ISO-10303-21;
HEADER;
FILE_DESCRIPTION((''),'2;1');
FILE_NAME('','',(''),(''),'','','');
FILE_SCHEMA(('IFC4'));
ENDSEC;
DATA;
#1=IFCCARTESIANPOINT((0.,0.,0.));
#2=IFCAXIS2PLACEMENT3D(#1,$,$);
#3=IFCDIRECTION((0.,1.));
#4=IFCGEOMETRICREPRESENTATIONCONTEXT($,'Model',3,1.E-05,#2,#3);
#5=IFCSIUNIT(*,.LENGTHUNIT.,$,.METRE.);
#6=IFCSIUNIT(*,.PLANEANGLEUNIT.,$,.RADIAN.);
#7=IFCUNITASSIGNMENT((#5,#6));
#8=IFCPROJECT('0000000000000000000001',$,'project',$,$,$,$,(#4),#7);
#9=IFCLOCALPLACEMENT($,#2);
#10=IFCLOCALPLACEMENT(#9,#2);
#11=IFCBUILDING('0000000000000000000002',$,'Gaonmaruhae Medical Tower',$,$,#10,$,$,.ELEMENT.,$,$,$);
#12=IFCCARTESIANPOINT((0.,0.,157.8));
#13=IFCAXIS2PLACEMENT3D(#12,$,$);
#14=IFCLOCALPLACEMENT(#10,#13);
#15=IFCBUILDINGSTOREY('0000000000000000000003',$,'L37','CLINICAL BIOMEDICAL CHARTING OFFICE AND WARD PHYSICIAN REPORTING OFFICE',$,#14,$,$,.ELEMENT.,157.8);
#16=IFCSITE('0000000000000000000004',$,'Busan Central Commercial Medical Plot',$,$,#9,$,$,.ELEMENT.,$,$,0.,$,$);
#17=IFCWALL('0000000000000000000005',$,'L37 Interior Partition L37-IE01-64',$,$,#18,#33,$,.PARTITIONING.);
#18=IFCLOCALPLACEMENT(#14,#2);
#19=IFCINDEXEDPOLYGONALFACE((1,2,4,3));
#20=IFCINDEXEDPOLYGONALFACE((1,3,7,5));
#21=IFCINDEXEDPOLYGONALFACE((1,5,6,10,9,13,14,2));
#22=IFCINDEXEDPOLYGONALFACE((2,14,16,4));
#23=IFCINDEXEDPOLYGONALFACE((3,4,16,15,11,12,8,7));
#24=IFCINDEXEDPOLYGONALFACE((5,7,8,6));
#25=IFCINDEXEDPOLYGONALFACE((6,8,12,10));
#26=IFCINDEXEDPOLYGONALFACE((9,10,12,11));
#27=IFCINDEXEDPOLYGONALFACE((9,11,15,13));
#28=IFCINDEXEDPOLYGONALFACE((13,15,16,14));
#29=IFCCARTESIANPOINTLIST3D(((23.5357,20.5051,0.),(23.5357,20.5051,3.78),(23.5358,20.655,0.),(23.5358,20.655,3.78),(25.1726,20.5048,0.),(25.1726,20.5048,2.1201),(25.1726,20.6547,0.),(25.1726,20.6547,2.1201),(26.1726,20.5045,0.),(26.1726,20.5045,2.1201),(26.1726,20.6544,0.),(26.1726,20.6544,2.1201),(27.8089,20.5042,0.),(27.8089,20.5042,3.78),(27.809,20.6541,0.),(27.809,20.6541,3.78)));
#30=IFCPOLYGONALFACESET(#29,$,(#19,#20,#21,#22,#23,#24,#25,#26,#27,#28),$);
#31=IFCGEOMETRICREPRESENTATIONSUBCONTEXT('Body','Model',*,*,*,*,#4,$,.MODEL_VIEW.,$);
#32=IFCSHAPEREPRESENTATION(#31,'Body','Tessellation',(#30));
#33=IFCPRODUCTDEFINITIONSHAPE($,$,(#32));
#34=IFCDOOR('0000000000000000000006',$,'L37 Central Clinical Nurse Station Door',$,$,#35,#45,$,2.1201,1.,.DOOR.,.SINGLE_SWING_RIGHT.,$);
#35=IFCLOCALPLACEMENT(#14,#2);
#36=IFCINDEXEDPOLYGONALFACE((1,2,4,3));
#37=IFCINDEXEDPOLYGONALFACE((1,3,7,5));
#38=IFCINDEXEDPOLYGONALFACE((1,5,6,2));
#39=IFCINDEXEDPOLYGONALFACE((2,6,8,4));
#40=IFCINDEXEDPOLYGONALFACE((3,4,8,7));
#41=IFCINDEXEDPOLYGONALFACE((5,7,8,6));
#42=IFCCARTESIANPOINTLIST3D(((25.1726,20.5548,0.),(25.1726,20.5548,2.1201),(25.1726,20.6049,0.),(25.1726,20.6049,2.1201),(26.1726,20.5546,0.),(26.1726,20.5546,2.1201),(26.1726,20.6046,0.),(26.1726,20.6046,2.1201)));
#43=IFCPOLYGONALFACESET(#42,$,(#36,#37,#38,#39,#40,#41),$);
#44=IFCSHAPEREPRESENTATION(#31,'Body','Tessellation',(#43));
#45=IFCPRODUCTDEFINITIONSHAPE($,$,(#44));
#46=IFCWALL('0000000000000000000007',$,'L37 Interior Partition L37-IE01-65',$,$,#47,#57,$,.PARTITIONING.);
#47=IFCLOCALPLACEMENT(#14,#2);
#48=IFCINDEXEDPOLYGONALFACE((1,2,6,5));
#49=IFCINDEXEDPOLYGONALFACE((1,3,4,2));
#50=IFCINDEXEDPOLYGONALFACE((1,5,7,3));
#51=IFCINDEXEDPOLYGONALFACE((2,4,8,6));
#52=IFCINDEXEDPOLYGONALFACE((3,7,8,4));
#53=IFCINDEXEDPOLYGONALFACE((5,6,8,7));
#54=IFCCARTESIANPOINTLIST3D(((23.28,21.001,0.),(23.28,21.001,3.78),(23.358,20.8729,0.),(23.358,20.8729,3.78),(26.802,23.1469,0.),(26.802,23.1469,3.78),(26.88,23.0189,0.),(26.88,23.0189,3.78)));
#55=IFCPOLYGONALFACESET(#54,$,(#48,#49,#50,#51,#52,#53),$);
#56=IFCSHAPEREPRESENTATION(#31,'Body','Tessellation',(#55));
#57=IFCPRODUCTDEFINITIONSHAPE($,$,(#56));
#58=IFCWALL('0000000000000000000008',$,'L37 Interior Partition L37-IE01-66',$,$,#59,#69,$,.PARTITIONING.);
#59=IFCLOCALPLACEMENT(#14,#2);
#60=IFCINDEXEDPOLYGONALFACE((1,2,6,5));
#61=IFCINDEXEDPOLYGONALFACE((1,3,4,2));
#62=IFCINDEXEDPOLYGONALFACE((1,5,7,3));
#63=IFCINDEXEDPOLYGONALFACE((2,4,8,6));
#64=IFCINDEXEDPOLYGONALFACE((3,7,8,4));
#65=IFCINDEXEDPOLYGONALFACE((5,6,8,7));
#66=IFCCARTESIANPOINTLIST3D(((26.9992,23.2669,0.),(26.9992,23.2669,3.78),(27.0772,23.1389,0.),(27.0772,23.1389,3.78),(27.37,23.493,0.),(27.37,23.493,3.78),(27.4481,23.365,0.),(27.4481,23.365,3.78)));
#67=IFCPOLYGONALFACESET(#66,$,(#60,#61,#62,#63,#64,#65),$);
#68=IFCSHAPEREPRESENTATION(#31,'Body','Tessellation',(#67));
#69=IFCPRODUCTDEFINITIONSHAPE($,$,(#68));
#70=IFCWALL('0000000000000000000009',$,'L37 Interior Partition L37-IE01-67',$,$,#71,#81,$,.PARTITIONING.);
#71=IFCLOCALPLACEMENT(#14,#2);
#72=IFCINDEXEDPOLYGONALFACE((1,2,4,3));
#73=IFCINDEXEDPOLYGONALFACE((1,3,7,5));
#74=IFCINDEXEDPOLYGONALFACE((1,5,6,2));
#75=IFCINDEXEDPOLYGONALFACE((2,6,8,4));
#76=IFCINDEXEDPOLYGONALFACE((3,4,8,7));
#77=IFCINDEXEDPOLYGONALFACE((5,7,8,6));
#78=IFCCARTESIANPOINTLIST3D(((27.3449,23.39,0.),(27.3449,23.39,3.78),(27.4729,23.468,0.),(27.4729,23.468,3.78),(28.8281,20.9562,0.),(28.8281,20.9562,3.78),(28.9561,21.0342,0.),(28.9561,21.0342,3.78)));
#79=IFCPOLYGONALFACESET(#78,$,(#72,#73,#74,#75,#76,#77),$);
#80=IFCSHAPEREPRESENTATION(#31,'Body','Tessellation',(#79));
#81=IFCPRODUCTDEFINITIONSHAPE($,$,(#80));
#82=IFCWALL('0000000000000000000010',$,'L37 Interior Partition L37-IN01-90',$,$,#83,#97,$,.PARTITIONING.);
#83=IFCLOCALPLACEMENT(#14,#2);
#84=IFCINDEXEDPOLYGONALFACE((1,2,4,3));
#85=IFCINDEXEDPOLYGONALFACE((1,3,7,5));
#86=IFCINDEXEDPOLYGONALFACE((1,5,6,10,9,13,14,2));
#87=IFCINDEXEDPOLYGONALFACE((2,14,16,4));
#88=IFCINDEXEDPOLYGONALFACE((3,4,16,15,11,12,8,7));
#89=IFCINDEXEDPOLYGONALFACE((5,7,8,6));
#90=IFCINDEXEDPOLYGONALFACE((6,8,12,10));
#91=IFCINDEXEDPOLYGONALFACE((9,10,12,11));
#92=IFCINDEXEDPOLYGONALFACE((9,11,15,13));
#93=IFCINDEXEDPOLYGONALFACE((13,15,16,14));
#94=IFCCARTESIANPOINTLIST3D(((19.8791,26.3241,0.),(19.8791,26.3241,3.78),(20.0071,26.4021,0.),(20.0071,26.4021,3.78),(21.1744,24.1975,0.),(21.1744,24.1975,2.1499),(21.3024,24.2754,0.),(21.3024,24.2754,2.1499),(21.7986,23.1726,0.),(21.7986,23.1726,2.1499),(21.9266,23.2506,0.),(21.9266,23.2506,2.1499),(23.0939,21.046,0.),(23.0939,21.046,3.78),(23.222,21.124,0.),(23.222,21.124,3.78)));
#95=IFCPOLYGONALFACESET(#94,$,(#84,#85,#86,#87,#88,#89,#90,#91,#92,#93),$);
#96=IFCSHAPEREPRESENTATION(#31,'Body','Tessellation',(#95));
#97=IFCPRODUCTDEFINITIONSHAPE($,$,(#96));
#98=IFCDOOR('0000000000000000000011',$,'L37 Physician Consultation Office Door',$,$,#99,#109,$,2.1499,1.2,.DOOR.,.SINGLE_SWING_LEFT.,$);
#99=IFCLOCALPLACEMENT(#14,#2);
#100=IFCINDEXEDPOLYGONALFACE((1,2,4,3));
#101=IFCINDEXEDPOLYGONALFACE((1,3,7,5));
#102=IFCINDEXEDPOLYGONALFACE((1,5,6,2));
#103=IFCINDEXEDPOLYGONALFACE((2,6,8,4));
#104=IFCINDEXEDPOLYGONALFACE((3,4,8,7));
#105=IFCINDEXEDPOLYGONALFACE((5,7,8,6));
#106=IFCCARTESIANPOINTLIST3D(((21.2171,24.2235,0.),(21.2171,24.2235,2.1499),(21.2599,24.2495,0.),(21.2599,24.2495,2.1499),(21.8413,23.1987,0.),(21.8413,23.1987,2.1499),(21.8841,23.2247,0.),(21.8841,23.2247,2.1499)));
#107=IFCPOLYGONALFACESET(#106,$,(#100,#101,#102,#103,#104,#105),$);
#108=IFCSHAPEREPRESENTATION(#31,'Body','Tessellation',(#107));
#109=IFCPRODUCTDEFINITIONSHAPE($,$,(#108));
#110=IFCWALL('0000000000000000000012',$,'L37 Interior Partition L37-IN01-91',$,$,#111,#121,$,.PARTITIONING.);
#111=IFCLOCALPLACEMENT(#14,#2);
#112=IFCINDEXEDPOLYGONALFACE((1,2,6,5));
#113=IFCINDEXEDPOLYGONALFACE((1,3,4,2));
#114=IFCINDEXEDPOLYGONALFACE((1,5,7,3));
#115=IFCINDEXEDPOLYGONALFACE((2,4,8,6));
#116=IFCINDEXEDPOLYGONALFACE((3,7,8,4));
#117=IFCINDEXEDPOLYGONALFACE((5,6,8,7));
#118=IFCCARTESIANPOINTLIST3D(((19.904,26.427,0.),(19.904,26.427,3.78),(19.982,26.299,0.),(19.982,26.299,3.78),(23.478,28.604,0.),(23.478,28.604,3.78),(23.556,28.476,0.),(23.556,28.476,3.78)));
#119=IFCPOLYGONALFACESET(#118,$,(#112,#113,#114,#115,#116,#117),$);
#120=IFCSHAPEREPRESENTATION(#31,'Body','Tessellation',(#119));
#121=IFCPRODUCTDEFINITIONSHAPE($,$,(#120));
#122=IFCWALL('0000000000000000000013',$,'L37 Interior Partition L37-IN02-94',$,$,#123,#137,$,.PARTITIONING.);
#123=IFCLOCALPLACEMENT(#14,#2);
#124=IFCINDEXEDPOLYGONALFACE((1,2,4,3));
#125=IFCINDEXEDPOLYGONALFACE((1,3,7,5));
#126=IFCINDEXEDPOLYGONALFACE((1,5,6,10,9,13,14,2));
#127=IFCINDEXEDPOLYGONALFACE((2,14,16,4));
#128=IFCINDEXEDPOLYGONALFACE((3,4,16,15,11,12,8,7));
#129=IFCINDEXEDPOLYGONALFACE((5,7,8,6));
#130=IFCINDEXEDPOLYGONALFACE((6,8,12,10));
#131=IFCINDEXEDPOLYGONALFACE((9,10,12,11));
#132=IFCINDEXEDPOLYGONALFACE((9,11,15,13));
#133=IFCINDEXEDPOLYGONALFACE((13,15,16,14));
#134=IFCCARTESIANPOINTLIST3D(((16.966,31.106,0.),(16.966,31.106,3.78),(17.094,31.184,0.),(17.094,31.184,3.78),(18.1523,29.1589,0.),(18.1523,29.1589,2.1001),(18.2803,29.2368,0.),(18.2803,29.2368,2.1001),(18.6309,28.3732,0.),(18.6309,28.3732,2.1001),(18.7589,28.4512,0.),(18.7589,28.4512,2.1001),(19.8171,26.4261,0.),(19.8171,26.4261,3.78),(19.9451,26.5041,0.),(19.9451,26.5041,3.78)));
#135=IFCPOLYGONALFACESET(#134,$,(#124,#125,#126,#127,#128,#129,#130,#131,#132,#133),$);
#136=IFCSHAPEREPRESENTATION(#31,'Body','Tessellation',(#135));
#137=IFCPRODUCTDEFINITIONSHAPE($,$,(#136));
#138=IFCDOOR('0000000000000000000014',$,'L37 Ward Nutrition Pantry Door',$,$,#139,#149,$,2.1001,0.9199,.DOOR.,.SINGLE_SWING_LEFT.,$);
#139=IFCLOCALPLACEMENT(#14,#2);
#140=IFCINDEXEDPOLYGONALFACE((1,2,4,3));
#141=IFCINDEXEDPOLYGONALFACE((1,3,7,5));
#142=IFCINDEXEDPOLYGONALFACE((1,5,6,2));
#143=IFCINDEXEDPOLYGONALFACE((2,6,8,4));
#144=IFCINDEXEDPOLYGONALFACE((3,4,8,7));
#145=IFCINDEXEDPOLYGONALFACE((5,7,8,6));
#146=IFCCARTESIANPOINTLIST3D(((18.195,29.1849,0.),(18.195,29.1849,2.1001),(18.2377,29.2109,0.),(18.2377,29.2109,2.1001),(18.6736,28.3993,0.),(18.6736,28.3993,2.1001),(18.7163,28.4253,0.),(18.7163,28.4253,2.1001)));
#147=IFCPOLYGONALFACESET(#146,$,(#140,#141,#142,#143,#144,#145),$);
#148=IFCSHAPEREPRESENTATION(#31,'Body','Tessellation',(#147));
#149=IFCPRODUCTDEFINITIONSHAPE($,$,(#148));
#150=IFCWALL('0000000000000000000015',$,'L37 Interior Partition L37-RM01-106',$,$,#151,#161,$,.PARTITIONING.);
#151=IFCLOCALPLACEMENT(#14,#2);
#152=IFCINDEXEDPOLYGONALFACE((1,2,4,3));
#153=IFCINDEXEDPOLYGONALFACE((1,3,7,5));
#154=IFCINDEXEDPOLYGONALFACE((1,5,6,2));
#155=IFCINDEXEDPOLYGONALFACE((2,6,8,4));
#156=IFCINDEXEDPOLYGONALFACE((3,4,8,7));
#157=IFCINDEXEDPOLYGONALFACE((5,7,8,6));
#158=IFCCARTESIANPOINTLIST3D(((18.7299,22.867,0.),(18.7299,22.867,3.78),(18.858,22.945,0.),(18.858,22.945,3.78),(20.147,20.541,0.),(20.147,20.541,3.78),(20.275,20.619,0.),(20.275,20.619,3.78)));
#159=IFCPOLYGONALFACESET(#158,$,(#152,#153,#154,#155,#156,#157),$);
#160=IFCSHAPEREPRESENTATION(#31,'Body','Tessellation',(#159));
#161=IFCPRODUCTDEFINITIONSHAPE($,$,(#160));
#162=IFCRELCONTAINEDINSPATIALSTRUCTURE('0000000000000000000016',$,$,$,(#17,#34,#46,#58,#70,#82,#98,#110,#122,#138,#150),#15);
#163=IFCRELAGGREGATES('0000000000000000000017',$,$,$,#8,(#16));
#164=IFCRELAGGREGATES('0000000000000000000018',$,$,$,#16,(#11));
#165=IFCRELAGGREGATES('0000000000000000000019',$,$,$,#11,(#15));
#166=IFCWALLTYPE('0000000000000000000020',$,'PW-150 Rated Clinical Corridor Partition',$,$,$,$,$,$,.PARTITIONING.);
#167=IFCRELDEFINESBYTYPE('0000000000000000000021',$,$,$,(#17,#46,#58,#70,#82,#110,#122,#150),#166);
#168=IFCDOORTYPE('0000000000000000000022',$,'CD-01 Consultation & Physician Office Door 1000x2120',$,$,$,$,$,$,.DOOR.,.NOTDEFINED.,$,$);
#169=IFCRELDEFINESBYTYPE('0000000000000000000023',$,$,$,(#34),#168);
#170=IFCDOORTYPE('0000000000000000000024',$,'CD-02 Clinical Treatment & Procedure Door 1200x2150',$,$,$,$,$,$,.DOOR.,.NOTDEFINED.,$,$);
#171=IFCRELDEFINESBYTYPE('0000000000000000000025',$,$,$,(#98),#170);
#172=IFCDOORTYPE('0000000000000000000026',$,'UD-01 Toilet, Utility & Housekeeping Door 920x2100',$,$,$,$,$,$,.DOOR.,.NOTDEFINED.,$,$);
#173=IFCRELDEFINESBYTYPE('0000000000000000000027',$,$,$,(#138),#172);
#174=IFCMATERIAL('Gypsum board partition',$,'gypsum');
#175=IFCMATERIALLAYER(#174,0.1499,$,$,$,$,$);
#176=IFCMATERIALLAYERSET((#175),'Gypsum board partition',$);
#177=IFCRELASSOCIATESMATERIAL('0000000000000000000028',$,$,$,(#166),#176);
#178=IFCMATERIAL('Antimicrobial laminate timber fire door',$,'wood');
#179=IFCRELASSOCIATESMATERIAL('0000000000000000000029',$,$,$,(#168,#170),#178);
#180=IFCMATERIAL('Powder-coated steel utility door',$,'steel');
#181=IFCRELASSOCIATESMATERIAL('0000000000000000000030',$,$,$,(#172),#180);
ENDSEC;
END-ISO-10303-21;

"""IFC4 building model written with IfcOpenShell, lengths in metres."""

from ifc_helpers import new_model, si_unit, direction, frame, frame_2d, origin, place, context, subcontext, project, spatial, rectangle, extrude, material, layer, layer_set, type_object, element, fill, save


model = new_model("IFC4")

# Units and contexts
model_context = context("Model", 3, precision=1e-05, world=origin(), true_north=direction((0.0, 1.0)))
body_context = subcontext(model_context, "Body", "Model", "MODEL_VIEW")
ifc_project = project(units=[si_unit("LENGTHUNIT", "METRE"), si_unit("PLANEANGLEUNIT", "RADIAN")], contexts=[model_context])

# Site, building, storey
site_placement = place(None, origin())
site = spatial("IfcSite", under=ifc_project, at=site_placement, Name="Busan Central Commercial Medical Plot", CompositionType="ELEMENT", RefElevation=0.0)
building_placement = place(site_placement, origin())
building = spatial("IfcBuilding", under=site, at=building_placement, Name="Gaonmaruhae Medical Tower", CompositionType="ELEMENT")
storey_placement = place(building_placement, frame((0.0, 0.0, 157.8)))
storey = spatial("IfcBuildingStorey", under=building, at=storey_placement, Name="L37", Description="CLINICAL BIOMEDICAL CHARTING OFFICE AND WARD PHYSICIAN REPORTING OFFICE", CompositionType="ELEMENT", Elevation=157.8)

# Shared definitions
ifc_material_1 = material(Name="Gypsum board partition", Category="gypsum")
ifc_layer_1 = layer(ifc_material_1, 0.1499)
ifc_layer_set_1 = layer_set([ifc_layer_1], Name="Gypsum board partition")
wall_type = type_object("IfcWallType", Name="PW-150 Rated Clinical Corridor Partition", PredefinedType="PARTITIONING", material=ifc_layer_set_1)

# Wall, opening, door
wall_1_placement = place(storey_placement, frame((27.8091, 20.5791, 0.0), z_axis=(0.0, 0.0, 1.0), x_axis=(-1.0, 0.000229, 0.0)))
wall_1 = element("IfcWall", 1, at=wall_1_placement, inside=storey, type_object=wall_type, Name="L37 Interior Partition L37-IE01-64", PredefinedType="PARTITIONING", context=body_context, shape_type="SweptSolid", body=[
    extrude(rectangle(XDim=4.2732, YDim=0.1499, at=frame_2d((2.1367, 0.0))), origin(), (0.0, 0.0, 1.0), 3.78),
])
opening_1_placement = place(wall_1_placement, frame((1.6365, 0.0, 0.0)))
opening_1 = element("IfcOpeningElement", 2, at=opening_1_placement, cuts=wall_1, PredefinedType="OPENING", context=body_context, shape_type="SweptSolid", body=[
    extrude(rectangle(XDim=1.0, YDim=2.1201, at=frame_2d((0.5, 1.0601))), frame((0.0, 0.085, 0.0), z_axis=(0.0, -1.0, 0.0), x_axis=(1.0, 0.0, 0.0)), (0.0, 0.0, 1.0), 0.1699),
])
ifc_material_2 = material(Name="Antimicrobial laminate timber fire door", Category="wood")
door_type_1 = type_object("IfcDoorType", Name="CD-01 Consultation & Physician Office Door 1000x2120", OperationType="NOTDEFINED", PredefinedType="DOOR", material=ifc_material_2)
door_1_placement = place(opening_1_placement, origin())
door_1 = element("IfcDoor", 3, at=door_1_placement, inside=storey, type_object=door_type_1, Name="L37 Central Clinical Nurse Station Door", OperationType="SINGLE_SWING_RIGHT", OverallHeight=2.1201, OverallWidth=1.0, PredefinedType="DOOR", context=body_context, shape_type="SweptSolid", body=[
    extrude(rectangle(XDim=1.0, YDim=2.1201, at=frame_2d((0.5, 1.0601))), frame((0.0, 0.0249, 0.0), z_axis=(0.0, -1.0, 0.0), x_axis=(1.0, 0.0, 0.0)), (0.0, 0.0, 1.0), 0.05),
])
fill(opening_1, door_1)

# Walls
wall_2_placement = place(storey_placement, frame((23.3191, 20.937, 0.0), z_axis=(0.0, 0.0, 1.0), x_axis=(0.853963, 0.520334, 0.0)))
element("IfcWall", 4, at=wall_2_placement, inside=storey, type_object=wall_type, Name="L37 Interior Partition L37-IE01-65", PredefinedType="PARTITIONING", context=body_context, shape_type="SweptSolid", body=[
    extrude(rectangle(XDim=4.1243, YDim=0.1499, at=frame_2d((2.062, 0.0))), origin(), (0.0, 0.0, 1.0), 3.78),
])
wall_3_placement = place(storey_placement, frame((27.0381, 23.2029, 0.0), z_axis=(0.0, 0.0, 1.0), x_axis=(0.853851, 0.520517, 0.0)))
element("IfcWall", 5, at=wall_3_placement, inside=storey, type_object=wall_type, Name="L37 Interior Partition L37-IE01-66", PredefinedType="PARTITIONING", context=body_context, shape_type="SweptSolid", body=[
    extrude(rectangle(XDim=0.4343, YDim=0.1499, at=frame_2d((0.2173, 0.0))), origin(), (0.0, 0.0, 1.0), 3.78),
])
wall_4_placement = place(storey_placement, frame((27.4089, 23.429, 0.0), z_axis=(0.0, 0.0, 1.0), x_axis=(0.520379, -0.853935, 0.0)))
element("IfcWall", 6, at=wall_4_placement, inside=storey, type_object=wall_type, Name="L37 Interior Partition L37-IE01-67", PredefinedType="PARTITIONING", context=body_context, shape_type="SweptSolid", body=[
    extrude(rectangle(XDim=2.8501, YDim=0.1499, at=frame_2d((1.425, 0.0))), origin(), (0.0, 0.0, 1.0), 3.78),
])

# Wall, opening, door
wall_5_placement = place(storey_placement, frame((23.158, 21.085, 0.0), z_axis=(0.0, 0.0, 1.0), x_axis=(-0.520195, 0.854047, 0.0)))
wall_5 = element("IfcWall", 7, at=wall_5_placement, inside=storey, type_object=wall_type, Name="L37 Interior Partition L37-IN01-90", PredefinedType="PARTITIONING", context=body_context, shape_type="SweptSolid", body=[
    extrude(rectangle(XDim=6.1802, YDim=0.1499, at=frame_2d((3.0901, 0.0))), origin(), (0.0, 0.0, 1.0), 3.78),
])
opening_2_placement = place(wall_5_placement, frame((2.49, 0.0, 0.0)))
opening_2 = element("IfcOpeningElement", 8, at=opening_2_placement, cuts=wall_5, PredefinedType="OPENING", context=body_context, shape_type="SweptSolid", body=[
    extrude(rectangle(XDim=1.2, YDim=2.1499, at=frame_2d((0.6001, 1.075))), frame((0.0, 0.085, 0.0), z_axis=(0.0, -1.0, 0.0), x_axis=(1.0, 0.0, 0.0)), (0.0, 0.0, 1.0), 0.1699),
])
door_type_2 = type_object("IfcDoorType", Name="CD-02 Clinical Treatment & Procedure Door 1200x2150", OperationType="NOTDEFINED", PredefinedType="DOOR", material=ifc_material_2)
door_2_placement = place(opening_2_placement, origin())
door_2 = element("IfcDoor", 9, at=door_2_placement, inside=storey, type_object=door_type_2, Name="L37 Physician Consultation Office Door", OperationType="SINGLE_SWING_LEFT", OverallHeight=2.1499, OverallWidth=1.2, PredefinedType="DOOR", context=body_context, shape_type="SweptSolid", body=[
    extrude(rectangle(XDim=1.2, YDim=2.1499, at=frame_2d((0.6001, 1.075))), frame((0.0, 0.0249, 0.0), z_axis=(0.0, -1.0, 0.0), x_axis=(1.0, 0.0, 0.0)), (0.0, 0.0, 1.0), 0.05),
])
fill(opening_2, door_2)

# Wall
wall_6_placement = place(storey_placement, frame((19.9431, 26.363, 0.0), z_axis=(0.0, 0.0, 1.0), x_axis=(0.854035, 0.520215, 0.0)))
element("IfcWall", 10, at=wall_6_placement, inside=storey, type_object=wall_type, Name="L37 Interior Partition L37-IN01-91", PredefinedType="PARTITIONING", context=body_context, shape_type="SweptSolid", body=[
    extrude(rectangle(XDim=4.1848, YDim=0.1499, at=frame_2d((2.0923, 0.0))), origin(), (0.0, 0.0, 1.0), 3.78),
])

# Wall, opening, door
wall_7_placement = place(storey_placement, frame((19.8811, 26.4651, 0.0), z_axis=(0.0, 0.0, 1.0), x_axis=(-0.520269, 0.854002, 0.0)))
wall_7 = element("IfcWall", 11, at=wall_7_placement, inside=storey, type_object=wall_type, Name="L37 Interior Partition L37-IN02-94", PredefinedType="PARTITIONING", context=body_context, shape_type="SweptSolid", body=[
    extrude(rectangle(XDim=5.48, YDim=0.1499, at=frame_2d((2.74, 0.0))), origin(), (0.0, 0.0, 1.0), 3.78),
])
opening_3_placement = place(wall_7_placement, frame((2.28, 0.0, 0.0)))
opening_3 = element("IfcOpeningElement", 12, at=opening_3_placement, cuts=wall_7, PredefinedType="OPENING", context=body_context, shape_type="SweptSolid", body=[
    extrude(rectangle(XDim=0.9199, YDim=2.1001, at=frame_2d((0.46, 1.05))), frame((0.0, 0.085, 0.0), z_axis=(0.0, -1.0, 0.0), x_axis=(1.0, 0.0, 0.0)), (0.0, 0.0, 1.0), 0.1699),
])
ifc_material_3 = material(Name="Powder-coated steel utility door", Category="steel")
door_type_3 = type_object("IfcDoorType", Name="UD-01 Toilet, Utility & Housekeeping Door 920x2100", OperationType="NOTDEFINED", PredefinedType="DOOR", material=ifc_material_3)
door_3_placement = place(opening_3_placement, origin())
door_3 = element("IfcDoor", 13, at=door_3_placement, inside=storey, type_object=door_type_3, Name="L37 Ward Nutrition Pantry Door", OperationType="SINGLE_SWING_LEFT", OverallHeight=2.1001, OverallWidth=0.9199, PredefinedType="DOOR", context=body_context, shape_type="SweptSolid", body=[
    extrude(rectangle(XDim=0.9199, YDim=2.1001, at=frame_2d((0.46, 1.05))), frame((0.0, 0.0249, 0.0), z_axis=(0.0, -1.0, 0.0), x_axis=(1.0, 0.0, 0.0)), (0.0, 0.0, 1.0), 0.05),
])
fill(opening_3, door_3)

# Wall
wall_8_placement = place(storey_placement, frame((18.7939, 22.906, 0.0), z_axis=(0.0, 0.0, 1.0), x_axis=(0.520271, -0.854001, 0.0)))
element("IfcWall", 14, at=wall_8_placement, inside=storey, type_object=wall_type, Name="L37 Interior Partition L37-RM01-106", PredefinedType="PARTITIONING", context=body_context, shape_type="SweptSolid", body=[
    extrude(rectangle(XDim=2.7236, YDim=0.1499, at=frame_2d((1.3618, 0.0))), origin(), (0.0, 0.0, 1.0), 3.78),
])

save(model, "model.ifc")
